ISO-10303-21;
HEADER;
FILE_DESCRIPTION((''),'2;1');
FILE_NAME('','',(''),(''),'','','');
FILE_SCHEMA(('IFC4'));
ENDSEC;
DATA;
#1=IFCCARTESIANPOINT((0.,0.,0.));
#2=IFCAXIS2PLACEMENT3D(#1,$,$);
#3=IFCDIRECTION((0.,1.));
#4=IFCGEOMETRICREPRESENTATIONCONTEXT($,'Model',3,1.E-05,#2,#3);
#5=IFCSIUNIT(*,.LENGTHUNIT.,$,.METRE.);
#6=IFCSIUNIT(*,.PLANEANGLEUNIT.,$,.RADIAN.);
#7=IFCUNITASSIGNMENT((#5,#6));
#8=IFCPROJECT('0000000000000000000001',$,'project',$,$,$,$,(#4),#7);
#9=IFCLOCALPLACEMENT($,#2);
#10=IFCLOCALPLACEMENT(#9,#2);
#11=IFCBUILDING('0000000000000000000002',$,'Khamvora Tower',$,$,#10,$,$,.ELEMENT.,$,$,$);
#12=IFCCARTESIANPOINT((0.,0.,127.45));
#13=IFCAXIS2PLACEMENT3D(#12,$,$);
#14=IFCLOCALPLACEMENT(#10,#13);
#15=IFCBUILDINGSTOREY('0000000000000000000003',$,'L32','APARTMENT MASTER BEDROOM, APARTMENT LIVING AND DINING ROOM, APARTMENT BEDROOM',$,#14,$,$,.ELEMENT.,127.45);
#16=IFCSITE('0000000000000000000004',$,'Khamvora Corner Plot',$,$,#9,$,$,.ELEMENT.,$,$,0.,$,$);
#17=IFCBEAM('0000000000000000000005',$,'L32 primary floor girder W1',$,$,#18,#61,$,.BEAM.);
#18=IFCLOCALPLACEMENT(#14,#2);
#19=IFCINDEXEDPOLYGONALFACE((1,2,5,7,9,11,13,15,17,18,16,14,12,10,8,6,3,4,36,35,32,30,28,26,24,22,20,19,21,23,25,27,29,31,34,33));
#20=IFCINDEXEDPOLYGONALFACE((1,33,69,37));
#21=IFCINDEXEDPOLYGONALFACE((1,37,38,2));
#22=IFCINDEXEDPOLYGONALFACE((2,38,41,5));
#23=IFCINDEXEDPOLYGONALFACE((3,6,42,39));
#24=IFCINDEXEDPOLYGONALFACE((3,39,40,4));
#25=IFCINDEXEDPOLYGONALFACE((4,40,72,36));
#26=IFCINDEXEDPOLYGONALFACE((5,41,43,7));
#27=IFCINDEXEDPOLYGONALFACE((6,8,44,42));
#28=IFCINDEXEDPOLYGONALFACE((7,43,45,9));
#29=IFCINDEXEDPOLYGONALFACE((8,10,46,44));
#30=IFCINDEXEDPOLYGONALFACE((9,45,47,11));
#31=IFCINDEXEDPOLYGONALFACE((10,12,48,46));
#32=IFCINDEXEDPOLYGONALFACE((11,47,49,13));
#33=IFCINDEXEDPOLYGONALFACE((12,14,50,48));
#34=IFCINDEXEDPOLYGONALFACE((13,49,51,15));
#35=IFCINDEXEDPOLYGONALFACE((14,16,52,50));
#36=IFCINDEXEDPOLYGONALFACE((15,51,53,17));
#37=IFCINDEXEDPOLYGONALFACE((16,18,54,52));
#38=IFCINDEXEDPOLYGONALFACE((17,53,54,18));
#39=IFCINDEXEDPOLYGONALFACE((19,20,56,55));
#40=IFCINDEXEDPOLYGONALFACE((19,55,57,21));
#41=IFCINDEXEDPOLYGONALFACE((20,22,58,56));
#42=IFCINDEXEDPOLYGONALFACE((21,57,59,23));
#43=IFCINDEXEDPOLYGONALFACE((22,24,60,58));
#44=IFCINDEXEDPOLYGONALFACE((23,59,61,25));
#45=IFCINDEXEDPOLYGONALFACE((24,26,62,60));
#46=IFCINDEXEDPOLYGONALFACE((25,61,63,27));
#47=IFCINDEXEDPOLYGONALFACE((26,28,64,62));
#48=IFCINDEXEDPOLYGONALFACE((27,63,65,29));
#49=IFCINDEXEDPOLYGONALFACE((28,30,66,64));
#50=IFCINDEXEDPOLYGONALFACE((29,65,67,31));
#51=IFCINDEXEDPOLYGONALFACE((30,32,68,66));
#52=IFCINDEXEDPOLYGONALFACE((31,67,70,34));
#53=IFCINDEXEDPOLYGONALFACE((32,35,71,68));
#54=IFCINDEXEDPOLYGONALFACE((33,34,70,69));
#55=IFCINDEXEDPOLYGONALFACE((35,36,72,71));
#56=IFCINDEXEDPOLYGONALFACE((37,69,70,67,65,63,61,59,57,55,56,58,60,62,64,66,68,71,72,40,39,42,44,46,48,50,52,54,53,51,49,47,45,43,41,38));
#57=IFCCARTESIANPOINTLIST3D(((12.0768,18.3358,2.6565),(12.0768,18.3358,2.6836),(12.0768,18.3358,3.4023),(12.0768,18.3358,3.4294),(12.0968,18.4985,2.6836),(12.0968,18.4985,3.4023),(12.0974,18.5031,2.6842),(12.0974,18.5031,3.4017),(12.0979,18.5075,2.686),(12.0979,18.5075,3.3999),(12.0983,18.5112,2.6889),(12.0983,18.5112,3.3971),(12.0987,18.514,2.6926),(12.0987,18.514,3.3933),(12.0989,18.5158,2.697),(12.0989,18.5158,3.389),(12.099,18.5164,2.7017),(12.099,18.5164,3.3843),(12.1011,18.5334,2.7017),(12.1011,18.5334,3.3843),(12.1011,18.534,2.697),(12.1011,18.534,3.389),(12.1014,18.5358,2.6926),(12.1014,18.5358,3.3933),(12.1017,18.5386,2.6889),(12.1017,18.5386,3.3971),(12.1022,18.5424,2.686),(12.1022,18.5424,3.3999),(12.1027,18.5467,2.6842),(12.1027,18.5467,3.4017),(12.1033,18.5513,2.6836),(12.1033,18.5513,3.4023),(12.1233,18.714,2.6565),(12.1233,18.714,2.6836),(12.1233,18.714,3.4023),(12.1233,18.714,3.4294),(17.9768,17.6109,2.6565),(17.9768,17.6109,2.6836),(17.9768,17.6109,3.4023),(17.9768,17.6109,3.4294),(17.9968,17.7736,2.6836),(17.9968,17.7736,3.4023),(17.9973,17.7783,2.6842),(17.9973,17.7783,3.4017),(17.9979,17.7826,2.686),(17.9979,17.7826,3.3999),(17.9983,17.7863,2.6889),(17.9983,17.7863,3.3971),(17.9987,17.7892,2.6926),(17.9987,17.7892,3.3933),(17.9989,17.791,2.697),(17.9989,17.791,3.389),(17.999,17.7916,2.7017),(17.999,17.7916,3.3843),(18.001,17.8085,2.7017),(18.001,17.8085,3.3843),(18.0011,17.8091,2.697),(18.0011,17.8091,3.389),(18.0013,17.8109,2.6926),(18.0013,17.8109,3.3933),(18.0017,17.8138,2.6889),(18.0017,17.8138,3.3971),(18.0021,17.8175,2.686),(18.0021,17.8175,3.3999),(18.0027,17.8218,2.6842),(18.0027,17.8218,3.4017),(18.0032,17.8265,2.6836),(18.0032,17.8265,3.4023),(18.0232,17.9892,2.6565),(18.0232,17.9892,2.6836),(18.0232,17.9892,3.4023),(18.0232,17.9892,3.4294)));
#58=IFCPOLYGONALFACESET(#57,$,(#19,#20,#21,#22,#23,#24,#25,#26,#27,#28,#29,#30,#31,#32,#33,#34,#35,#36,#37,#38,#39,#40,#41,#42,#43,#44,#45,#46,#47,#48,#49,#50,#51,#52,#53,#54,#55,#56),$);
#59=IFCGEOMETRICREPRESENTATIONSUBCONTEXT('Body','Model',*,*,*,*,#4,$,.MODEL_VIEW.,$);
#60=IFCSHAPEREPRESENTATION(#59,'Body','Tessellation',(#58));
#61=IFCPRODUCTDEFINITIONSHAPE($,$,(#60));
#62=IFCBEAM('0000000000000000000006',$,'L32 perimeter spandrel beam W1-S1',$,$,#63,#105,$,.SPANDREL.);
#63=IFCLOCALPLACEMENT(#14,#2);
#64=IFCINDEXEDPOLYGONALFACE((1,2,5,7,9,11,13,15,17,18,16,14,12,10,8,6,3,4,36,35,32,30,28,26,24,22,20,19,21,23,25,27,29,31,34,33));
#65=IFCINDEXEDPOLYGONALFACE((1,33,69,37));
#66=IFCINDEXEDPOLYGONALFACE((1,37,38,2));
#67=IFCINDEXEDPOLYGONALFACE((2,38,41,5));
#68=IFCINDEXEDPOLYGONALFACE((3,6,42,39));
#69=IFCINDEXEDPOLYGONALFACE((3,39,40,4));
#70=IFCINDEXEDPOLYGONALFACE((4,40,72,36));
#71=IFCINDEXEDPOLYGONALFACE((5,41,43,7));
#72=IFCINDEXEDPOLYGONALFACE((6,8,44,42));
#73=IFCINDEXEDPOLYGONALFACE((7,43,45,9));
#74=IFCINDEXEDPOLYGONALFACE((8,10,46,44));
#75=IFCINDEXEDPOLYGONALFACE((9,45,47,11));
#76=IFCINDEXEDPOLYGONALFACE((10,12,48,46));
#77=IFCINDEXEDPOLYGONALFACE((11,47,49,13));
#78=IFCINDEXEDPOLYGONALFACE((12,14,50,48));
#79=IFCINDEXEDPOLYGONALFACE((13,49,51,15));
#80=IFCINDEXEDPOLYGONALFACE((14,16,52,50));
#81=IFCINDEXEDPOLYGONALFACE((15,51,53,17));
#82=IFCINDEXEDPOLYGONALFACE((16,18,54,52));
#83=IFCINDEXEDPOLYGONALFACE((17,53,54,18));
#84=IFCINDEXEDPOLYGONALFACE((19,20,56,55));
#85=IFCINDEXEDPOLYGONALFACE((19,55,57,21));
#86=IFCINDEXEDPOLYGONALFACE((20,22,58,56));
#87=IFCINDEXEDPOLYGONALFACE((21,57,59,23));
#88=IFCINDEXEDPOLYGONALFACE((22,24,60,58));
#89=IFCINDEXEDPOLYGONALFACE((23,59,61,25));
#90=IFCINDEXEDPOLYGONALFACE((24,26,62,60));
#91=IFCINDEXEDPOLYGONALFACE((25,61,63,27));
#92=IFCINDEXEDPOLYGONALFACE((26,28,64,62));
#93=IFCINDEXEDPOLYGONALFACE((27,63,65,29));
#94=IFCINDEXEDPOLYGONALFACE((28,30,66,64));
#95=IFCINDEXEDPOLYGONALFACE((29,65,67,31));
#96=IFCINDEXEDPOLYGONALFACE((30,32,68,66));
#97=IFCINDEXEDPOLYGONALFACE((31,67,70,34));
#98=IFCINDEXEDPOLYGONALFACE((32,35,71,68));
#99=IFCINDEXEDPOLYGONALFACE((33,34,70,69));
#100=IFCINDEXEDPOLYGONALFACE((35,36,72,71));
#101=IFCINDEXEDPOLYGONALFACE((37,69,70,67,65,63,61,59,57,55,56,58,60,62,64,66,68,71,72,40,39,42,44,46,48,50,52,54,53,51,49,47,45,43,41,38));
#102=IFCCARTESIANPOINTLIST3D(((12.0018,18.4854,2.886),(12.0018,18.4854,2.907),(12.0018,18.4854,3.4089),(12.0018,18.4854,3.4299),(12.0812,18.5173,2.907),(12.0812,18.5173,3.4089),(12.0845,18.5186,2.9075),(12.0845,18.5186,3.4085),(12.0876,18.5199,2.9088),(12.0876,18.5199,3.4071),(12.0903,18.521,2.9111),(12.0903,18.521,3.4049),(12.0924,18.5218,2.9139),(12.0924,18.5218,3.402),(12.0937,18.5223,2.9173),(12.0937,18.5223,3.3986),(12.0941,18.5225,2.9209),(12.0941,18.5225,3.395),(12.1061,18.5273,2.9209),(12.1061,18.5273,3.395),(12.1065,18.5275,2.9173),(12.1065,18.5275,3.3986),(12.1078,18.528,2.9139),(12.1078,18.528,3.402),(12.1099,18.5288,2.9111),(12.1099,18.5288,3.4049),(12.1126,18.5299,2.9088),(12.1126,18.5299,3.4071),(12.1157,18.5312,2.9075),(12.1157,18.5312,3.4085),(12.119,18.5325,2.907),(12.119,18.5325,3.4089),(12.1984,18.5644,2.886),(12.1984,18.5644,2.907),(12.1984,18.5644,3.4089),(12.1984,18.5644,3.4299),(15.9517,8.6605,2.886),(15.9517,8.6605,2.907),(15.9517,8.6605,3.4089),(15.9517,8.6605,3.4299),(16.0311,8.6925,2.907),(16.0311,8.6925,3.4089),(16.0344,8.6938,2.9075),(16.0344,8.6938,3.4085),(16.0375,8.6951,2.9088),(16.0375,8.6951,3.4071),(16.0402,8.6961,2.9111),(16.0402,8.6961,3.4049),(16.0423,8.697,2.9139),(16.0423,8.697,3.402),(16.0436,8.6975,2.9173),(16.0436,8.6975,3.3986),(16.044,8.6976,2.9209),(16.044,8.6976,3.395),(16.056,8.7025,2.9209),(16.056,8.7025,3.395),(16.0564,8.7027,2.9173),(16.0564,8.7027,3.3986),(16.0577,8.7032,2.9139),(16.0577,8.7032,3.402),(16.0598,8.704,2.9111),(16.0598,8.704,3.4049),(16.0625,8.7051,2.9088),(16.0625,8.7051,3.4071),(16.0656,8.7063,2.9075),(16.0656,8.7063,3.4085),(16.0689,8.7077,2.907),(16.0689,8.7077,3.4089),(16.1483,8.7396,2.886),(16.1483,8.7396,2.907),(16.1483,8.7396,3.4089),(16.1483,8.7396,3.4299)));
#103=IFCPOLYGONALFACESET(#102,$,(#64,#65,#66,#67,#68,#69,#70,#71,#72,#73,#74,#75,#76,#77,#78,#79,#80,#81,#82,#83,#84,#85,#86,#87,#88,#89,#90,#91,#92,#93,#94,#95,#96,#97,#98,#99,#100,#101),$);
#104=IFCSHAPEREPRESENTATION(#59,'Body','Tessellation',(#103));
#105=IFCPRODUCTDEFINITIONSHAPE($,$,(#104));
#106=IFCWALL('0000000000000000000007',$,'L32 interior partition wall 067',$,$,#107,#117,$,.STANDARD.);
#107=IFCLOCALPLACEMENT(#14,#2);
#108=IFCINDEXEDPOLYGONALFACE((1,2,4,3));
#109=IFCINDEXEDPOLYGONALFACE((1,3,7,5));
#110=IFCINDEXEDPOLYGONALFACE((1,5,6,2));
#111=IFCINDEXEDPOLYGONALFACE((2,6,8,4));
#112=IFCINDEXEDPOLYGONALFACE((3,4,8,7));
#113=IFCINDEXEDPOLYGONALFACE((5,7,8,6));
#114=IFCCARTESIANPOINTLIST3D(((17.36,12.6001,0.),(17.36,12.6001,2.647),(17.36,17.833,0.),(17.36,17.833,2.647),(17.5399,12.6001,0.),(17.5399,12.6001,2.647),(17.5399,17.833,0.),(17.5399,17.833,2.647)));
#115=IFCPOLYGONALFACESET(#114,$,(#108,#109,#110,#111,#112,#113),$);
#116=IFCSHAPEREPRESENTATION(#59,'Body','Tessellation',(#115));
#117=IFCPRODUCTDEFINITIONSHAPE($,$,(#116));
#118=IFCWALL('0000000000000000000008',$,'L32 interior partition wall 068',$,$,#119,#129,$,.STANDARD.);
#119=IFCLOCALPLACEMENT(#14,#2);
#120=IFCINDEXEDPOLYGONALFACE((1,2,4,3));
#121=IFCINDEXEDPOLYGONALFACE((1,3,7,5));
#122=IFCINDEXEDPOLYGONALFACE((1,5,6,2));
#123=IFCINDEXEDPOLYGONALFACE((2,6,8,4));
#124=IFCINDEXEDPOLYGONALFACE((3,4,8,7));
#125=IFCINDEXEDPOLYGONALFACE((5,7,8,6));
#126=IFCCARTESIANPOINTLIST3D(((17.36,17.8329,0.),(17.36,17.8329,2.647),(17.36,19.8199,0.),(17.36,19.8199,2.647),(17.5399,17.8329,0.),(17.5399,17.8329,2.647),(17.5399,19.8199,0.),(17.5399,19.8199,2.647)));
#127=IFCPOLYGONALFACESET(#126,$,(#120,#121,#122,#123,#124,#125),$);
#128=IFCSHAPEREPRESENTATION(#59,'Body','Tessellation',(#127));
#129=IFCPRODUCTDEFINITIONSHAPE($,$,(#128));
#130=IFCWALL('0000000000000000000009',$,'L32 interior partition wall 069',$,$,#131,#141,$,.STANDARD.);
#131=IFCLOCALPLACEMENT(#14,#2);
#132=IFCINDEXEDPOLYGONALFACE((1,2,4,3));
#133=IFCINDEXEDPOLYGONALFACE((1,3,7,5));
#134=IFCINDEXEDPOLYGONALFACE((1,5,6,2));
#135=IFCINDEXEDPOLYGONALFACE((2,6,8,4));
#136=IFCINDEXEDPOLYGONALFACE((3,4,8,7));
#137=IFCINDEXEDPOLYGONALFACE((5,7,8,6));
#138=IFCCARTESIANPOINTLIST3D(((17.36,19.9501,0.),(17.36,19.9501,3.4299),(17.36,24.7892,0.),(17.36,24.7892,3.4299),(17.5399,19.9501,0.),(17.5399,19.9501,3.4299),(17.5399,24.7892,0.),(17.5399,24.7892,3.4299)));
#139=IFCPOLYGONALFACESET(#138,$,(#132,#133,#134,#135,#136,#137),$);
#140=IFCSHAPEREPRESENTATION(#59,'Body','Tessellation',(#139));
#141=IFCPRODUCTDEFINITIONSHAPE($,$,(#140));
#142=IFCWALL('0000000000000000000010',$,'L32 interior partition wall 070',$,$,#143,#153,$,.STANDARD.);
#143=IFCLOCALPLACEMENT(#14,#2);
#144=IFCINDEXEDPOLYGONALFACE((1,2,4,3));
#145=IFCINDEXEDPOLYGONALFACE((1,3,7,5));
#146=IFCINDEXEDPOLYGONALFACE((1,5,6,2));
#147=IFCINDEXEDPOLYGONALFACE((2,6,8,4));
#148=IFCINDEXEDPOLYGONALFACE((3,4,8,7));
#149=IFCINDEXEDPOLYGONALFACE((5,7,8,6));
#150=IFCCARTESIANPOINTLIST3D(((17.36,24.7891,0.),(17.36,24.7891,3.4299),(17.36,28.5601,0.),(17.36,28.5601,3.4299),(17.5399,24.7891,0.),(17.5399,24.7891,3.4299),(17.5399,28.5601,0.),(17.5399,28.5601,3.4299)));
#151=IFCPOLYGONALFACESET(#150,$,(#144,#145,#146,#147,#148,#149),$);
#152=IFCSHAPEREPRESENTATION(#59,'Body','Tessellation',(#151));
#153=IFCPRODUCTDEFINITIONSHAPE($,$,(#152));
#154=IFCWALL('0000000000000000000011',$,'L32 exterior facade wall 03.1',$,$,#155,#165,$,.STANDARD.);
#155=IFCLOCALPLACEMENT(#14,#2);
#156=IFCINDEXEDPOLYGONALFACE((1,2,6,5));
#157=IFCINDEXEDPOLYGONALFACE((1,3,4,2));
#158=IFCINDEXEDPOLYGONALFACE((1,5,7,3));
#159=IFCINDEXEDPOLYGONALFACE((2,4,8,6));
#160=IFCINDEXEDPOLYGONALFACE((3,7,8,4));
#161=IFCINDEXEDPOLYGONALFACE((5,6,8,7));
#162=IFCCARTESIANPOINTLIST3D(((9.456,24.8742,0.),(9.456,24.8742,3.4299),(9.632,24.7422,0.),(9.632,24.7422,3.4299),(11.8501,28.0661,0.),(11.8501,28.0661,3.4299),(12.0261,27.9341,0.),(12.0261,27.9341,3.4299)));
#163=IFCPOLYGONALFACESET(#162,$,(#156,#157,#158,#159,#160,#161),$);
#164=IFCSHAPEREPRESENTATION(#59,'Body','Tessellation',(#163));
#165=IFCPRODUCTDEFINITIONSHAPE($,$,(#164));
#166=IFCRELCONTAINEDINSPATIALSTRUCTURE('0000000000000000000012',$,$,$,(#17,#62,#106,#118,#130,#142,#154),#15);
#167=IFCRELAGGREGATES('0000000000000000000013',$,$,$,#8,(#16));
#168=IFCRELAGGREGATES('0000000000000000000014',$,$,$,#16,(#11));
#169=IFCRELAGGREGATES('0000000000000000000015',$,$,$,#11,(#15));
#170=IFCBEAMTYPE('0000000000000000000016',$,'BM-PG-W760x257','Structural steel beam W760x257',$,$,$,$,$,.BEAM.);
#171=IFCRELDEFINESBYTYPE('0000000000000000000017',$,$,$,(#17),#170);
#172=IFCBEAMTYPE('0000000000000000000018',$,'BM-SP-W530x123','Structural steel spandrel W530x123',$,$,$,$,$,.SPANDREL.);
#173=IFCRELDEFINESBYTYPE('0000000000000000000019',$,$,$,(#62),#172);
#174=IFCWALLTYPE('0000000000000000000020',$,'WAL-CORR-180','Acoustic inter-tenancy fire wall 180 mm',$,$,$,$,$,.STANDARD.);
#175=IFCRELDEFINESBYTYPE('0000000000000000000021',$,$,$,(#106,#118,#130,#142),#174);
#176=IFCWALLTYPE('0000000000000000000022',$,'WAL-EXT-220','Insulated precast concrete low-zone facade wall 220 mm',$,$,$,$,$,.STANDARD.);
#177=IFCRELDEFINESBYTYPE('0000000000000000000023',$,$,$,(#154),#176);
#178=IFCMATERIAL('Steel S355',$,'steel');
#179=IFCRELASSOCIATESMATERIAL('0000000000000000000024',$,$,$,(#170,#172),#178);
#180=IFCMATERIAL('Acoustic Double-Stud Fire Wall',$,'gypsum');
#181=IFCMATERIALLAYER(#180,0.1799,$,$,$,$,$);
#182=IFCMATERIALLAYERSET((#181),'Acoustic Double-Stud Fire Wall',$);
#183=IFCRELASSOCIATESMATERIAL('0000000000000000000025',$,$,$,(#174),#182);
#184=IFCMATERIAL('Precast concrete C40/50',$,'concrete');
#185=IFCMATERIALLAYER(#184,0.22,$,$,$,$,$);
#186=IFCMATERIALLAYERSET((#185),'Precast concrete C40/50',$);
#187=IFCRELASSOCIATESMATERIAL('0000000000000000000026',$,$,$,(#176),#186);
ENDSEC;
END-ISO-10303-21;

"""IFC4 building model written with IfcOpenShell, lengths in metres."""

from ifc_helpers import new_model, si_unit, direction, frame, frame_2d, origin, origin_2d, place, context, subcontext, project, spatial, rectangle, i_section, extrude, material, layer, layer_set, material_profile, profile_set, type_object, element, save


model = new_model("IFC4")

# Units and contexts
model_context = context("Model", 3, precision=1e-05, world=origin(), true_north=direction((0.0, 1.0)))
body_context = subcontext(model_context, "Body", "Model", "MODEL_VIEW")
ifc_project = project(units=[si_unit("LENGTHUNIT", "METRE"), si_unit("PLANEANGLEUNIT", "RADIAN")], contexts=[model_context])

# Site, building, storey
site_placement = place(None, origin())
site = spatial("IfcSite", under=ifc_project, at=site_placement, Name="Khamvora Corner Plot", CompositionType="ELEMENT", RefElevation=0.0)
building_placement = place(site_placement, origin())
building = spatial("IfcBuilding", under=site, at=building_placement, Name="Khamvora Tower", CompositionType="ELEMENT")
storey_placement = place(building_placement, frame((0.0, 0.0, 127.45)))
storey = spatial("IfcBuildingStorey", under=building, at=storey_placement, Name="L32", Description="APARTMENT MASTER BEDROOM, APARTMENT LIVING AND DINING ROOM, APARTMENT BEDROOM", CompositionType="ELEMENT", Elevation=127.45)

# Shared definitions
ifc_material_1 = material(Name="Steel S355", Category="steel")

# Beams
ifc_material_profile_1 = material_profile(ifc_material_1, i_section(OverallWidth=0.3811, OverallDepth=0.7729, WebThickness=0.0171, FlangeThickness=0.0271, FilletRadius=0.0181, at=origin_2d()), Name="W760x257")
ifc_profile_set_1 = profile_set([ifc_material_profile_1], Name="Steel S355")
beam_type_1 = type_object("IfcBeamType", Name="BM-PG-W760x257", Description="Structural steel beam W760x257", PredefinedType="BEAM", material=ifc_profile_set_1)
beam_1_placement = place(storey_placement, frame((18.0, 17.8, 3.043), z_axis=(-0.992537, 0.121942, 0.0), x_axis=(-0.121942, -0.992537, 0.0)))
element("IfcBeam", 1, at=beam_1_placement, inside=storey, type_object=beam_type_1, Name="L32 primary floor girder W1", PredefinedType="BEAM", context=body_context, shape_type="SweptSolid", body=[
    extrude(i_section(OverallWidth=0.3811, OverallDepth=0.7729, WebThickness=0.0171, FlangeThickness=0.0271, FilletRadius=0.0181, at=origin_2d()), origin(), (0.0, 0.0, 1.0), 5.9443),
])
ifc_material_profile_2 = material_profile(ifc_material_1, i_section(OverallWidth=0.2119, OverallDepth=0.5439, WebThickness=0.0129, FlangeThickness=0.021, FilletRadius=0.0139, at=origin_2d()), Name="W530x123")
ifc_profile_set_2 = profile_set([ifc_material_profile_2], Name="Steel S355")
beam_type_2 = type_object("IfcBeamType", Name="BM-SP-W530x123", Description="Structural steel spandrel W530x123", PredefinedType="SPANDREL", material=ifc_profile_set_2)
beam_2_placement = place(storey_placement, frame((12.1001, 18.5249, 3.158), z_axis=(0.373016, -0.927825, 0.0), x_axis=(0.927825, 0.373016, 0.0)))
element("IfcBeam", 2, at=beam_2_placement, inside=storey, type_object=beam_type_2, Name="L32 perimeter spandrel beam W1-S1", PredefinedType="SPANDREL", context=body_context, shape_type="SweptSolid", body=[
    extrude(i_section(OverallWidth=0.2119, OverallDepth=0.5439, WebThickness=0.0129, FlangeThickness=0.021, FilletRadius=0.0139, at=origin_2d()), origin(), (0.0, 0.0, 1.0), 10.5891),
])

# Walls
ifc_material_2 = material(Name="Acoustic Double-Stud Fire Wall", Category="gypsum")
ifc_layer_1 = layer(ifc_material_2, 0.1799)
ifc_layer_set_1 = layer_set([ifc_layer_1], Name="Acoustic Double-Stud Fire Wall")
wall_type_1 = type_object("IfcWallType", Name="WAL-CORR-180", Description="Acoustic inter-tenancy fire wall 180 mm", PredefinedType="STANDARD", material=ifc_layer_set_1)
wall_1_placement = place(storey_placement, frame((17.45, 17.833, 0.0), z_axis=(0.0, 0.0, 1.0), x_axis=(0.0, -1.0, 0.0)))
element("IfcWall", 3, at=wall_1_placement, inside=storey, type_object=wall_type_1, Name="L32 interior partition wall 067", PredefinedType="STANDARD", context=body_context, shape_type="SweptSolid", body=[
    extrude(rectangle(XDim=5.2329, YDim=0.1799, at=frame_2d((2.6165, 0.0))), origin(), (0.0, 0.0, 1.0), 2.647),
])
wall_2_placement = place(storey_placement, frame((17.45, 19.8201, 0.0), z_axis=(0.0, 0.0, 1.0), x_axis=(0.0, -1.0, 0.0)))
element("IfcWall", 4, at=wall_2_placement, inside=storey, type_object=wall_type_1, Name="L32 interior partition wall 068", PredefinedType="STANDARD", context=body_context, shape_type="SweptSolid", body=[
    extrude(rectangle(XDim=1.9871, YDim=0.1799, at=frame_2d((0.9937, 0.0))), origin(), (0.0, 0.0, 1.0), 2.647),
])
wall_3_placement = place(storey_placement, frame((17.45, 24.7891, 0.0), z_axis=(0.0, 0.0, 1.0), x_axis=(0.0, -1.0, 0.0)))
element("IfcWall", 5, at=wall_3_placement, inside=storey, type_object=wall_type_1, Name="L32 interior partition wall 069", PredefinedType="STANDARD", context=body_context, shape_type="SweptSolid", body=[
    extrude(rectangle(XDim=4.8391, YDim=0.1799, at=frame_2d((2.4194, 0.0))), origin(), (0.0, 0.0, 1.0), 3.4299),
])
wall_4_placement = place(storey_placement, frame((17.45, 28.5601, 0.0), z_axis=(0.0, 0.0, 1.0), x_axis=(0.0, -1.0, 0.0)))
element("IfcWall", 6, at=wall_4_placement, inside=storey, type_object=wall_type_1, Name="L32 interior partition wall 070", PredefinedType="STANDARD", context=body_context, shape_type="SweptSolid", body=[
    extrude(rectangle(XDim=3.771, YDim=0.1799, at=frame_2d((1.8855, 0.0))), origin(), (0.0, 0.0, 1.0), 3.4299),
])
ifc_material_3 = material(Name="Precast concrete C40/50", Category="concrete")
ifc_layer_2 = layer(ifc_material_3, 0.22)
ifc_layer_set_2 = layer_set([ifc_layer_2], Name="Precast concrete C40/50")
wall_type_2 = type_object("IfcWallType", Name="WAL-EXT-220", Description="Insulated precast concrete low-zone facade wall 220 mm", PredefinedType="STANDARD", material=ifc_layer_set_2)
wall_5_placement = place(storey_placement, frame((9.5439, 24.8081, 0.0), z_axis=(0.0, 0.0, 1.0), x_axis=(0.60002, 0.799985, 0.0)))
element("IfcWall", 7, at=wall_5_placement, inside=storey, type_object=wall_type_2, Name="L32 exterior facade wall 03.1", PredefinedType="STANDARD", context=body_context, shape_type="SweptSolid", body=[
    extrude(rectangle(XDim=3.99, YDim=0.22, at=frame_2d((1.9951, 0.0))), origin(), (0.0, 0.0, 1.0), 3.4299),
])

save(model, "model.ifc")
